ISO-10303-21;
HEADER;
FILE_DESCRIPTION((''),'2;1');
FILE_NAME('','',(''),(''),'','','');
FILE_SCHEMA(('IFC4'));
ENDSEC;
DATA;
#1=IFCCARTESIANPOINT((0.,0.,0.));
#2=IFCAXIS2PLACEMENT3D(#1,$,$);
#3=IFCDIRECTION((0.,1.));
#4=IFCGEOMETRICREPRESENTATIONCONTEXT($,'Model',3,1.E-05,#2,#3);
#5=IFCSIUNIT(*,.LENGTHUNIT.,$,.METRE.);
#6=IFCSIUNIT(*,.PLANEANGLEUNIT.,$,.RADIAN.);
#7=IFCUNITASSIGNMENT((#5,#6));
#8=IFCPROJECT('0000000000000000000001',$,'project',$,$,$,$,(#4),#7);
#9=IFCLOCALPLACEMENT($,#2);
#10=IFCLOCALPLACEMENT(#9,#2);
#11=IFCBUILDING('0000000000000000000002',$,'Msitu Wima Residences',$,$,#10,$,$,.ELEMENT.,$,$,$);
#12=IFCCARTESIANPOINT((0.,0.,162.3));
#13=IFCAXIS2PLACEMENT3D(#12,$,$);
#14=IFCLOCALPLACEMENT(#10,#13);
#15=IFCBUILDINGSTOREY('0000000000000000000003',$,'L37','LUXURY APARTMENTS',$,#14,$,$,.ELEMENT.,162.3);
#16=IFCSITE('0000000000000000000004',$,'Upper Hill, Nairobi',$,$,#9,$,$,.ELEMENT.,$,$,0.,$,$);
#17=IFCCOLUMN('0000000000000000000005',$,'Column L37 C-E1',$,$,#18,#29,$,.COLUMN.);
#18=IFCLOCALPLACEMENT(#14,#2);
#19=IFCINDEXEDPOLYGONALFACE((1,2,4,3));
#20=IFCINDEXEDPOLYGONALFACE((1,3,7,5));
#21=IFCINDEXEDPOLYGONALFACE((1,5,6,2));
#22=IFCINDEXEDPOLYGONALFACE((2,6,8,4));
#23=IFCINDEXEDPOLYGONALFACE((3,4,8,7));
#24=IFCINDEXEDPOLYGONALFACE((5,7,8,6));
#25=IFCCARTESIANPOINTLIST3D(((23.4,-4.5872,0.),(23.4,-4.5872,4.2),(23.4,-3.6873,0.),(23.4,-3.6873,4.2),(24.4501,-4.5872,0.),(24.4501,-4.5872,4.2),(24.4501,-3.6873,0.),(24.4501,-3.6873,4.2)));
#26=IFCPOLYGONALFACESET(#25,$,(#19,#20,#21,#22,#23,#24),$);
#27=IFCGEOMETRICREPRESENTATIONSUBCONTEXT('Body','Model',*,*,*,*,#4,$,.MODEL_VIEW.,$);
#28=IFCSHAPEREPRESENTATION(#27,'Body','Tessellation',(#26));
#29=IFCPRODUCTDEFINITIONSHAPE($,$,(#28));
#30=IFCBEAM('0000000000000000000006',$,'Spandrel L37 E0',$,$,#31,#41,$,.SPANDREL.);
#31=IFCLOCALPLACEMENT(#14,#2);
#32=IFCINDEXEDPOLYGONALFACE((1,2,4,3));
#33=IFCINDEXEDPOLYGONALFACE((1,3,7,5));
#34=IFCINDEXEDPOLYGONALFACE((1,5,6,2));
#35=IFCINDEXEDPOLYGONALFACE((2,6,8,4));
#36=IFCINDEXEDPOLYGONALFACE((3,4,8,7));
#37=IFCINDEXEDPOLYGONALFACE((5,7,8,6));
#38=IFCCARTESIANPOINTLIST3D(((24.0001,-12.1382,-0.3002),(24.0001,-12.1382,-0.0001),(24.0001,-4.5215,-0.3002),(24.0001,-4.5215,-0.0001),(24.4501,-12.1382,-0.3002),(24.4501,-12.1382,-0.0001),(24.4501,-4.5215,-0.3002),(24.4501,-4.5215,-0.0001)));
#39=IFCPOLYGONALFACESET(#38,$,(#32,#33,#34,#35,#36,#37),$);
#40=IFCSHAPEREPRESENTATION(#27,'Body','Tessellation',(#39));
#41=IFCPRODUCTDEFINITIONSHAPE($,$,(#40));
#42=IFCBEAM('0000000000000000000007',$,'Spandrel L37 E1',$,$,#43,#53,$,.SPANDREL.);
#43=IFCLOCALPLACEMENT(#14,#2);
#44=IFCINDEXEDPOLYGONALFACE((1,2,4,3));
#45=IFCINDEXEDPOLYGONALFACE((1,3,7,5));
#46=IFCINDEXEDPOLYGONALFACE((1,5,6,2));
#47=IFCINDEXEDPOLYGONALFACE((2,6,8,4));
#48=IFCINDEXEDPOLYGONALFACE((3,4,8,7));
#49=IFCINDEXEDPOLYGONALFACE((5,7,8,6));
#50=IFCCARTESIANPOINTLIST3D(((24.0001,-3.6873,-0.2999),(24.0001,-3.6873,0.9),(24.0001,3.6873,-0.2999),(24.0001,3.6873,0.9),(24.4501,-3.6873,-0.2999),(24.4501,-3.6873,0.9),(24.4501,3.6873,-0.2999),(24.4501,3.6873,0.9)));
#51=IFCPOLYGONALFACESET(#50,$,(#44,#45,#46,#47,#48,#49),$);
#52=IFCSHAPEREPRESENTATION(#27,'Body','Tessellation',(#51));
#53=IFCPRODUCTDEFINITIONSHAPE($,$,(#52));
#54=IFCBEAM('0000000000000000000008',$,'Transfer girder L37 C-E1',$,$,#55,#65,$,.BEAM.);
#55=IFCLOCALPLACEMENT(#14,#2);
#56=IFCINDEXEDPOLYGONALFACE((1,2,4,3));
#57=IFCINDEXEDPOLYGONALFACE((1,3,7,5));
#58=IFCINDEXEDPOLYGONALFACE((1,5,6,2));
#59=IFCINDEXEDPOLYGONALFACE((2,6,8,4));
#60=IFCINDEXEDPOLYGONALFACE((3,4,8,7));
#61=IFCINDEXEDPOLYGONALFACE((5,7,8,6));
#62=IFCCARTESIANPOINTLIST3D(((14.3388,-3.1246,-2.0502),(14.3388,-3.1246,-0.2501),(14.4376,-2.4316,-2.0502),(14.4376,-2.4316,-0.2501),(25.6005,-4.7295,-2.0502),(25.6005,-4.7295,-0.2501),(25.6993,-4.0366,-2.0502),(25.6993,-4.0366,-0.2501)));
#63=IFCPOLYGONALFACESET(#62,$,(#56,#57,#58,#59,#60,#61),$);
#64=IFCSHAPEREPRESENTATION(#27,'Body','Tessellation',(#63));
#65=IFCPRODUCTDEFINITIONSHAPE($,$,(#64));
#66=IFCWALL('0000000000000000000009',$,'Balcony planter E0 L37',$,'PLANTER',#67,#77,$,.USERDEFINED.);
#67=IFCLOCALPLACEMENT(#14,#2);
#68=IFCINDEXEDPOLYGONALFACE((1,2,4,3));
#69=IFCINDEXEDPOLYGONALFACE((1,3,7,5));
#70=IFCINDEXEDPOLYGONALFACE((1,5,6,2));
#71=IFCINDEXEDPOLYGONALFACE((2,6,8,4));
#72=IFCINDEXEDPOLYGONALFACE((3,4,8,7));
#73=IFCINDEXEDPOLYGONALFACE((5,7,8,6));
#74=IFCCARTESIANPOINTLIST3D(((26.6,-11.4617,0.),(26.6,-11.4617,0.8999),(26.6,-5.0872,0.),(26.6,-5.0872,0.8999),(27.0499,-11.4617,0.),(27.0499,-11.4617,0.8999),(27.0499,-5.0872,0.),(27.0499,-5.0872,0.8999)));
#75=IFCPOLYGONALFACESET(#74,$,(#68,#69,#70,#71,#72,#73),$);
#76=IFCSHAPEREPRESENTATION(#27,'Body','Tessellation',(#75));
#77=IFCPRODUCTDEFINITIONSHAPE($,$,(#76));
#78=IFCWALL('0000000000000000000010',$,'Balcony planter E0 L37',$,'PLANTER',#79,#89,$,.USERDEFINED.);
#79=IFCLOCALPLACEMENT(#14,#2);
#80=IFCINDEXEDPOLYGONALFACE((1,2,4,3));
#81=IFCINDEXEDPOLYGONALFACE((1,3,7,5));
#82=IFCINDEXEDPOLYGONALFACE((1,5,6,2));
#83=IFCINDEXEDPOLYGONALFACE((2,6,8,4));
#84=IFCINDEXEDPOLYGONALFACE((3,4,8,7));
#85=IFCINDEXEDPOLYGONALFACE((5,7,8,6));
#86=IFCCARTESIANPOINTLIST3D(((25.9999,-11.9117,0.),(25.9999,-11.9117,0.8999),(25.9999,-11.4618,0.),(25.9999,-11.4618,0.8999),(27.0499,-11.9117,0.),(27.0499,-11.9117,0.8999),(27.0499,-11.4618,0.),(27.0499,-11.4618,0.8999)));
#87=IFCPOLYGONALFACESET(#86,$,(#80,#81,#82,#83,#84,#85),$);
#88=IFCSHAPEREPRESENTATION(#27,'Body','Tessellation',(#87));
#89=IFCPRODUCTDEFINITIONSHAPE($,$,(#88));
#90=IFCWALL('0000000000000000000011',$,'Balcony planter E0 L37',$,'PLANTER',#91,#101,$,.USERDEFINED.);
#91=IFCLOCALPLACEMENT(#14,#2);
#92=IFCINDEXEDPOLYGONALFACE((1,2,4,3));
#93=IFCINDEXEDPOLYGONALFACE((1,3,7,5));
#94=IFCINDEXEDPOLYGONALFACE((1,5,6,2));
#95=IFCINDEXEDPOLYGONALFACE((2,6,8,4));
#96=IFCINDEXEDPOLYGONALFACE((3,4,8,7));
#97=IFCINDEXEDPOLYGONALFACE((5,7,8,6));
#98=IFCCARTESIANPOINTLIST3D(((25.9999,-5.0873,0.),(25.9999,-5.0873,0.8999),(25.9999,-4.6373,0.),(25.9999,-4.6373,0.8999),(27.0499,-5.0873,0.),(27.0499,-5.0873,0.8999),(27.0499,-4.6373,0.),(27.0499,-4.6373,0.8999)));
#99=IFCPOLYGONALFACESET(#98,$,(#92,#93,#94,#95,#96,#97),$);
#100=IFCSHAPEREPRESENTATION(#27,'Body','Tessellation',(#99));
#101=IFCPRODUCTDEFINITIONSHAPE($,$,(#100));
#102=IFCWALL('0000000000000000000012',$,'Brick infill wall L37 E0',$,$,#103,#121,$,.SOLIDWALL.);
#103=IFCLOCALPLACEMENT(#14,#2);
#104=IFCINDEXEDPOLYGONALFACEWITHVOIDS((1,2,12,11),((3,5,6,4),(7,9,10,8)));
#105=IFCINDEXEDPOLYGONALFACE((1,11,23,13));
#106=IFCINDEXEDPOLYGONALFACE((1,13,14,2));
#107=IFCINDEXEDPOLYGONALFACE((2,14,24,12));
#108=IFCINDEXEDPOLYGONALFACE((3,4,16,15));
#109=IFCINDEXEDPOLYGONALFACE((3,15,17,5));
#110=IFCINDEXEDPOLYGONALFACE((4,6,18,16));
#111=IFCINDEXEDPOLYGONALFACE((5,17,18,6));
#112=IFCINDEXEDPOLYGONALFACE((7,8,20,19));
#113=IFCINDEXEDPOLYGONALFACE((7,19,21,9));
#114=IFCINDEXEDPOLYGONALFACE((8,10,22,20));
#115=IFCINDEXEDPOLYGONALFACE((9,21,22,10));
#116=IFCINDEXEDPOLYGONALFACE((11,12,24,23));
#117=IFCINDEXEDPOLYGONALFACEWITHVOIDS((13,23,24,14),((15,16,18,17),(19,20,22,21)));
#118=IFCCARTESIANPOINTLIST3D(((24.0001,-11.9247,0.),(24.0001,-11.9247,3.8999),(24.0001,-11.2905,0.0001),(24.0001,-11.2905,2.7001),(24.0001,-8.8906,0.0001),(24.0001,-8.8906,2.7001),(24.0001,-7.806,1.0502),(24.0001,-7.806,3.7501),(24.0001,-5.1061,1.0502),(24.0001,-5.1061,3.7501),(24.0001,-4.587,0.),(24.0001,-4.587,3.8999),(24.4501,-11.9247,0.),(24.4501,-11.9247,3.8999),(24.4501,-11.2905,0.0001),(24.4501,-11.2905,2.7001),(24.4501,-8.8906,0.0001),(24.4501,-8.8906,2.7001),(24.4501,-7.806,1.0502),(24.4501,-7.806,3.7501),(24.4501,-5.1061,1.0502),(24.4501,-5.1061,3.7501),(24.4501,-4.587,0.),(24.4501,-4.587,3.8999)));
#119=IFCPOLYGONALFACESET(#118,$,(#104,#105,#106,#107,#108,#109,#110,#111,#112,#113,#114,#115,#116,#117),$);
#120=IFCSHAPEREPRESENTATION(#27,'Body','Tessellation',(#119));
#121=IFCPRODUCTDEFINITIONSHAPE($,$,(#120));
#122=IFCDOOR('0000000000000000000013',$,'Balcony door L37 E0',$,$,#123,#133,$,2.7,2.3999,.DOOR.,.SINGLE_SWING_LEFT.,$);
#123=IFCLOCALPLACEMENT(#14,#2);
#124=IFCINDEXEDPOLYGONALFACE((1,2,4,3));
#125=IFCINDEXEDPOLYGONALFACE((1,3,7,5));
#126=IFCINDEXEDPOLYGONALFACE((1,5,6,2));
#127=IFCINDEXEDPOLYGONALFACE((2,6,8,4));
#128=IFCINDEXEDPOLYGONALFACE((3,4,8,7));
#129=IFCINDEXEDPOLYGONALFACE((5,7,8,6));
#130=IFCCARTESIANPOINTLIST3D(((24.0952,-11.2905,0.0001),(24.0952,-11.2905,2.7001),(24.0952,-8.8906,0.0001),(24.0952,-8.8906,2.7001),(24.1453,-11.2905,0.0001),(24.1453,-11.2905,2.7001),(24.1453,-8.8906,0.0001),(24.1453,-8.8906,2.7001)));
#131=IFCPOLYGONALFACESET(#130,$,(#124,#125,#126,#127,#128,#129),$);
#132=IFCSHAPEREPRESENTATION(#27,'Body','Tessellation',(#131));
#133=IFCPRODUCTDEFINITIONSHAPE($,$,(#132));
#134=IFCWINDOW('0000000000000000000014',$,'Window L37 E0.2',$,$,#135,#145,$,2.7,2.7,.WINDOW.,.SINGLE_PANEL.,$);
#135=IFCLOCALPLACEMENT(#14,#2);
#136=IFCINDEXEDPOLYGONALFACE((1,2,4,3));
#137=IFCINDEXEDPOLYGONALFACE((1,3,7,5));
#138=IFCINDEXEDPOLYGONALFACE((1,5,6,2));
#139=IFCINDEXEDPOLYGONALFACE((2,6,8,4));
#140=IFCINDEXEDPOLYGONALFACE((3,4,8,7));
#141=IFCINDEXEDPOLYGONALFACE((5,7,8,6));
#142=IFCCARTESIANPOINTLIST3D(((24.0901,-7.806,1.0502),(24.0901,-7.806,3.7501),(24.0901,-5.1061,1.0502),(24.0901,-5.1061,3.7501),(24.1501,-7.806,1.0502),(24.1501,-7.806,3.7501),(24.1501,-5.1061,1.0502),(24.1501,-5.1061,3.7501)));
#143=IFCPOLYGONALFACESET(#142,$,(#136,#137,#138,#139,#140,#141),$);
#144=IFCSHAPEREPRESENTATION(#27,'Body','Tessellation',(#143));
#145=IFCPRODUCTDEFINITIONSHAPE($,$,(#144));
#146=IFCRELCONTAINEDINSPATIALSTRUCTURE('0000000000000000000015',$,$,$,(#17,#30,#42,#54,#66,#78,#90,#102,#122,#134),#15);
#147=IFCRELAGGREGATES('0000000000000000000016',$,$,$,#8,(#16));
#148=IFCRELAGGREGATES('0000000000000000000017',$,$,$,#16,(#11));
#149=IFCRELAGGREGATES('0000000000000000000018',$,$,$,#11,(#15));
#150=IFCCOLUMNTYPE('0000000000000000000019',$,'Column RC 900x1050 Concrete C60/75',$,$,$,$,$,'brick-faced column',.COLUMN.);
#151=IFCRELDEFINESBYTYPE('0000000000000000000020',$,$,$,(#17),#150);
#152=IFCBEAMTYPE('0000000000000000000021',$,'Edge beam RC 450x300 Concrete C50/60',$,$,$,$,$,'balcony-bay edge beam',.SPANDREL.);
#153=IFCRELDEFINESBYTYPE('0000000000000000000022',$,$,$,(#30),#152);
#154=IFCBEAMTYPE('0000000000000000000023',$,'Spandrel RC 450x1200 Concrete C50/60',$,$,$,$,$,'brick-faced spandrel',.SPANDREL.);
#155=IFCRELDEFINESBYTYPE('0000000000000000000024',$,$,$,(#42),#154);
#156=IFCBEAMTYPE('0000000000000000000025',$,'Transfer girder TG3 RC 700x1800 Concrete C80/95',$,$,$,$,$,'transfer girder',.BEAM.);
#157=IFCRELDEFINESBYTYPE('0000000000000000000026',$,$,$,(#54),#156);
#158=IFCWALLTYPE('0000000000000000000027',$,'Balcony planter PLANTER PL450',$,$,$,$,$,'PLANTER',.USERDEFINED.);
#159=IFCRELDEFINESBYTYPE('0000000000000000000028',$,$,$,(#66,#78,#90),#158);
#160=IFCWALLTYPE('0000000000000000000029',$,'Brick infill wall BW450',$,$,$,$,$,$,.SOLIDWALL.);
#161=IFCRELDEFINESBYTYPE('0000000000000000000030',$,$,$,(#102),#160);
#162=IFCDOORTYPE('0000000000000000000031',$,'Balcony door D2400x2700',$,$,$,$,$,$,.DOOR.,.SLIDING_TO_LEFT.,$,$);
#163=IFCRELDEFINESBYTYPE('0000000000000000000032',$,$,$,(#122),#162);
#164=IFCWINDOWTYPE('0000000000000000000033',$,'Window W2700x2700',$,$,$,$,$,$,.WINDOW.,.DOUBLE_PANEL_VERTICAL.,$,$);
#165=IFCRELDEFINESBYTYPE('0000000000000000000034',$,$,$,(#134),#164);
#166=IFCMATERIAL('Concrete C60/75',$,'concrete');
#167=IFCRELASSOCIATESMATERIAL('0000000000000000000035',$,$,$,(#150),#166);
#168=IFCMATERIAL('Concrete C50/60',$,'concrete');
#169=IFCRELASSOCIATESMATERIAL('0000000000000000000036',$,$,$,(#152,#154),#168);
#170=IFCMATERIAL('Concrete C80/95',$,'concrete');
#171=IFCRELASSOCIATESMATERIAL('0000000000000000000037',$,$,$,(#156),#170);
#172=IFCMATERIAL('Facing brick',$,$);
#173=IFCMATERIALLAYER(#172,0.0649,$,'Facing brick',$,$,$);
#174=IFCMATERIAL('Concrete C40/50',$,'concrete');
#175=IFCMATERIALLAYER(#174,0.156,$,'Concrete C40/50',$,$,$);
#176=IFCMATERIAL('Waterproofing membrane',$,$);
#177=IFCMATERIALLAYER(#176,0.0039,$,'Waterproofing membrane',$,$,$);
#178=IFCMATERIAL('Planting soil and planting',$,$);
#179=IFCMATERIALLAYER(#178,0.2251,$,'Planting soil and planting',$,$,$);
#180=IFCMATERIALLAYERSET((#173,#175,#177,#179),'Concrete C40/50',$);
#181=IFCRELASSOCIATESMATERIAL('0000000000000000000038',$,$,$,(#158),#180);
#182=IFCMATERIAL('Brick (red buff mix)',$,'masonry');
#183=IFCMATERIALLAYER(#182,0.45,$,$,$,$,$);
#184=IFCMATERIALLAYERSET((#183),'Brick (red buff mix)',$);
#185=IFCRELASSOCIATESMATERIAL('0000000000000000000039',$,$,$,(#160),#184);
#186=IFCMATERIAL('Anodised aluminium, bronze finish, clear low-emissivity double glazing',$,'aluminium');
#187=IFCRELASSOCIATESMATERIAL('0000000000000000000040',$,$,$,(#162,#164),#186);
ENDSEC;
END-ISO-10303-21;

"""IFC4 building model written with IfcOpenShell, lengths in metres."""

from ifc_helpers import new_model, si_unit, direction, frame, frame_2d, origin, origin_2d, place, context, subcontext, project, spatial, rectangle, extrude, material, layer, layer_set, material_profile, profile_set, type_object, element, fill, save


model = new_model("IFC4")

# Units and contexts
model_context = context("Model", 3, precision=1e-05, world=origin(), true_north=direction((0.0, 1.0)))
body_context = subcontext(model_context, "Body", "Model", "MODEL_VIEW")
ifc_project = project(units=[si_unit("LENGTHUNIT", "METRE"), si_unit("PLANEANGLEUNIT", "RADIAN")], contexts=[model_context])

# Site, building, storey
site_placement = place(None, origin())
site = spatial("IfcSite", under=ifc_project, at=site_placement, Name="Upper Hill, Nairobi", CompositionType="ELEMENT", RefElevation=0.0)
building_placement = place(site_placement, origin())
building = spatial("IfcBuilding", under=site, at=building_placement, Name="Msitu Wima Residences", CompositionType="ELEMENT")
storey_placement = place(building_placement, frame((0.0, 0.0, 162.3)))
storey = spatial("IfcBuildingStorey", under=building, at=storey_placement, Name="L37", Description="LUXURY APARTMENTS", CompositionType="ELEMENT", Elevation=162.3)

# Column
ifc_material_1 = material(Name="Concrete C60/75", Category="concrete")
ifc_material_profile_1 = material_profile(ifc_material_1, rectangle(XDim=0.8999, YDim=1.05, at=origin_2d()), Name="RC 900x1050")
ifc_profile_set_1 = profile_set([ifc_material_profile_1], Name="Concrete C60/75")
column_type = type_object("IfcColumnType", Name="Column RC 900x1050 Concrete C60/75", ElementType="brick-faced column", PredefinedType="COLUMN", material=ifc_profile_set_1)
column_placement = place(storey_placement, frame((23.925, -4.1372, 0.0), z_axis=(0.0, 0.0, 1.0), x_axis=(0.0, 1.0, 0.0)))
element("IfcColumn", 1, at=column_placement, inside=storey, type_object=column_type, Name="Column L37 C-E1", PredefinedType="COLUMN", context=body_context, shape_type="SweptSolid", body=[
    extrude(rectangle(XDim=0.8999, YDim=1.05, at=origin_2d()), origin(), (0.0, 0.0, 1.0), 4.2),
])

# Beams
ifc_material_2 = material(Name="Concrete C50/60", Category="concrete")
ifc_material_profile_2 = material_profile(ifc_material_2, rectangle(XDim=0.45, YDim=0.3, at=origin_2d()), Name="RC 450x300")
ifc_profile_set_2 = profile_set([ifc_material_profile_2], Name="Concrete C50/60")
beam_type_1 = type_object("IfcBeamType", Name="Edge beam RC 450x300 Concrete C50/60", ElementType="balcony-bay edge beam", PredefinedType="SPANDREL", material=ifc_profile_set_2)
beam_1_placement = place(storey_placement, frame((24.2251, -12.1382, -0.1501), z_axis=(0.0, 1.0, 0.0), x_axis=(-1.0, 0.0, 0.0)))
element("IfcBeam", 2, at=beam_1_placement, inside=storey, type_object=beam_type_1, Name="Spandrel L37 E0", PredefinedType="SPANDREL", context=body_context, shape_type="SweptSolid", body=[
    extrude(rectangle(XDim=0.45, YDim=0.3, at=origin_2d()), origin(), (0.0, 0.0, 1.0), 7.6167),
])
ifc_material_profile_3 = material_profile(ifc_material_2, rectangle(XDim=0.45, YDim=1.2, at=origin_2d()), Name="RC 450x1200")
ifc_profile_set_3 = profile_set([ifc_material_profile_3], Name="Concrete C50/60")
beam_type_2 = type_object("IfcBeamType", Name="Spandrel RC 450x1200 Concrete C50/60", ElementType="brick-faced spandrel", PredefinedType="SPANDREL", material=ifc_profile_set_3)
beam_2_placement = place(storey_placement, frame((24.2251, -3.6873, 0.3), z_axis=(0.0, 1.0, 0.0), x_axis=(-1.0, 0.0, 0.0)))
element("IfcBeam", 3, at=beam_2_placement, inside=storey, type_object=beam_type_2, Name="Spandrel L37 E1", PredefinedType="SPANDREL", context=body_context, shape_type="SweptSolid", body=[
    extrude(rectangle(XDim=0.45, YDim=1.2, at=origin_2d()), origin(), (0.0, 0.0, 1.0), 7.3745),
])
ifc_material_3 = material(Name="Concrete C80/95", Category="concrete")
ifc_material_profile_4 = material_profile(ifc_material_3, rectangle(XDim=0.7, YDim=1.8, at=origin_2d()), Name="RC 700x1800")
ifc_profile_set_4 = profile_set([ifc_material_profile_4], Name="Concrete C80/95")
beam_type_3 = type_object("IfcBeamType", Name="Transfer girder TG3 RC 700x1800 Concrete C80/95", ElementType="transfer girder", PredefinedType="BEAM", material=ifc_profile_set_4)
beam_3_placement = place(storey_placement, frame((25.6499, -4.3831, -1.1501), z_axis=(-0.989997, 0.141091, 0.0), x_axis=(-0.141091, -0.989997, 0.0)))
element("IfcBeam", 4, at=beam_3_placement, inside=storey, type_object=beam_type_3, Name="Transfer girder L37 C-E1", PredefinedType="BEAM", context=body_context, shape_type="SweptSolid", body=[
    extrude(rectangle(XDim=0.7, YDim=1.8, at=origin_2d()), origin(), (0.0, 0.0, 1.0), 11.3755),
])

# Walls
ifc_material_4 = material(Name="Facing brick")
ifc_layer_1 = layer(ifc_material_4, 0.0649, Name="Facing brick")
ifc_material_5 = material(Name="Concrete C40/50", Category="concrete")
ifc_layer_2 = layer(ifc_material_5, 0.156, Name="Concrete C40/50")
ifc_material_6 = material(Name="Waterproofing membrane")
ifc_layer_3 = layer(ifc_material_6, 0.0039, Name="Waterproofing membrane")
ifc_material_7 = material(Name="Planting soil and planting")
ifc_layer_4 = layer(ifc_material_7, 0.2251, Name="Planting soil and planting")
ifc_layer_set_1 = layer_set([ifc_layer_1, ifc_layer_2, ifc_layer_3, ifc_layer_4], Name="Concrete C40/50")
wall_type_1 = type_object("IfcWallType", Name="Balcony planter PLANTER PL450", ElementType="PLANTER", PredefinedType="USERDEFINED", material=ifc_layer_set_1)
wall_1_placement = place(storey_placement, frame((26.825, -11.4617, 0.0), z_axis=(0.0, 0.0, 1.0), x_axis=(0.0, 1.0, 0.0)))
element("IfcWall", 5, at=wall_1_placement, inside=storey, type_object=wall_type_1, Name="Balcony planter E0 L37", ObjectType="PLANTER", PredefinedType="USERDEFINED", context=body_context, shape_type="SweptSolid", body=[
    extrude(rectangle(XDim=6.3745, YDim=0.45, at=frame_2d((3.1873, 0.0))), origin(), (0.0, 0.0, 1.0), 0.8999),
])
for number, where, z_axis, x_axis, name in (
    (6, (26.0, -11.6868, 0.0), (0.0, 0.0, 1.0), (1.0, 0.0, 0.0), "Balcony planter E0 L37"),
    (7, (26.0, -4.8623, 0.0), (0.0, 0.0, 1.0), (1.0, 0.0, 0.0), "Balcony planter E0 L37"),
):
    element("IfcWall", number, at=place(storey_placement, frame(where, z_axis=z_axis, x_axis=x_axis)), inside=storey, type_object=wall_type_1, Name=name, ObjectType="PLANTER", PredefinedType="USERDEFINED", context=body_context, shape_type="SweptSolid", body=[
        extrude(rectangle(XDim=1.05, YDim=0.45, at=frame_2d((0.5249, 0.0))), origin(), (0.0, 0.0, 1.0), 0.8999),
    ])

# Wall, openings, door, window
ifc_material_8 = material(Name="Brick (red buff mix)", Category="masonry")
ifc_layer_5 = layer(ifc_material_8, 0.45)
ifc_layer_set_2 = layer_set([ifc_layer_5], Name="Brick (red buff mix)")
wall_type_2 = type_object("IfcWallType", Name="Brick infill wall BW450", PredefinedType="SOLIDWALL", material=ifc_layer_set_2)
wall_2_placement = place(storey_placement, frame((24.2251, -11.9248, 0.0), z_axis=(0.0, 0.0, 1.0), x_axis=(0.0, 1.0, 0.0)))
wall_2 = element("IfcWall", 8, at=wall_2_placement, inside=storey, type_object=wall_type_2, Name="Brick infill wall L37 E0", PredefinedType="SOLIDWALL", context=body_context, shape_type="SweptSolid", body=[
    extrude(rectangle(XDim=7.3376, YDim=0.45, at=frame_2d((3.6689, 0.0))), origin(), (0.0, 0.0, 1.0), 3.8999),
])
opening_1_placement = place(wall_2_placement, frame((0.6343, 0.0, 0.0)))
opening_1 = element("IfcOpeningElement", 9, at=opening_1_placement, cuts=wall_2, PredefinedType="OPENING", context=body_context, shape_type="SweptSolid", body=[
    extrude(rectangle(XDim=2.3999, YDim=2.7, at=frame_2d((1.2, 1.3501))), frame((0.0, 0.2349, 0.0), z_axis=(0.0, -1.0, 0.0), x_axis=(1.0, 0.0, 0.0)), (0.0, 0.0, 1.0), 0.47),
])
opening_2_placement = place(wall_2_placement, frame((4.1187, 0.0, 1.05)))
opening_2 = element("IfcOpeningElement", 10, at=opening_2_placement, cuts=wall_2, PredefinedType="OPENING", context=body_context, shape_type="SweptSolid", body=[
    extrude(rectangle(XDim=2.7, YDim=2.7, at=frame_2d((1.3501, 1.3501))), frame((0.0, 0.2349, 0.0), z_axis=(0.0, -1.0, 0.0), x_axis=(1.0, 0.0, 0.0)), (0.0, 0.0, 1.0), 0.47),
])
ifc_material_9 = material(Name="Anodised aluminium, bronze finish, clear low-emissivity double glazing", Category="aluminium")
door_type = type_object("IfcDoorType", Name="Balcony door D2400x2700", OperationType="SLIDING_TO_LEFT", PredefinedType="DOOR", material=ifc_material_9)
door_placement = place(opening_1_placement, origin())
door = element("IfcDoor", 11, at=door_placement, inside=storey, type_object=door_type, Name="Balcony door L37 E0", OperationType="SINGLE_SWING_LEFT", OverallHeight=2.7, OverallWidth=2.3999, PredefinedType="DOOR", context=body_context, shape_type="SweptSolid", body=[
    extrude(rectangle(XDim=2.3999, YDim=2.7, at=frame_2d((1.2, 1.3501))), frame((0.0, 0.1299, 0.0), z_axis=(0.0, -1.0, 0.0), x_axis=(1.0, 0.0, 0.0)), (0.0, 0.0, 1.0), 0.05),
])
fill(opening_1, door)
window_type = type_object("IfcWindowType", Name="Window W2700x2700", PartitioningType="DOUBLE_PANEL_VERTICAL", PredefinedType="WINDOW", material=ifc_material_9)
window_1_placement = place(opening_2_placement, origin())
window_1 = element("IfcWindow", 12, at=window_1_placement, inside=storey, type_object=window_type, Name="Window L37 E0.2", OverallHeight=2.7, OverallWidth=2.7, PartitioningType="SINGLE_PANEL", PredefinedType="WINDOW", context=body_context, shape_type="SweptSolid", body=[
    extrude(rectangle(XDim=2.7, YDim=2.7, at=frame_2d((1.3501, 1.3501))), frame((0.0, 0.135, 0.0), z_axis=(0.0, -1.0, 0.0), x_axis=(1.0, 0.0, 0.0)), (0.0, 0.0, 1.0), 0.0601),
])
fill(opening_2, window_1)

save(model, "model.ifc")
